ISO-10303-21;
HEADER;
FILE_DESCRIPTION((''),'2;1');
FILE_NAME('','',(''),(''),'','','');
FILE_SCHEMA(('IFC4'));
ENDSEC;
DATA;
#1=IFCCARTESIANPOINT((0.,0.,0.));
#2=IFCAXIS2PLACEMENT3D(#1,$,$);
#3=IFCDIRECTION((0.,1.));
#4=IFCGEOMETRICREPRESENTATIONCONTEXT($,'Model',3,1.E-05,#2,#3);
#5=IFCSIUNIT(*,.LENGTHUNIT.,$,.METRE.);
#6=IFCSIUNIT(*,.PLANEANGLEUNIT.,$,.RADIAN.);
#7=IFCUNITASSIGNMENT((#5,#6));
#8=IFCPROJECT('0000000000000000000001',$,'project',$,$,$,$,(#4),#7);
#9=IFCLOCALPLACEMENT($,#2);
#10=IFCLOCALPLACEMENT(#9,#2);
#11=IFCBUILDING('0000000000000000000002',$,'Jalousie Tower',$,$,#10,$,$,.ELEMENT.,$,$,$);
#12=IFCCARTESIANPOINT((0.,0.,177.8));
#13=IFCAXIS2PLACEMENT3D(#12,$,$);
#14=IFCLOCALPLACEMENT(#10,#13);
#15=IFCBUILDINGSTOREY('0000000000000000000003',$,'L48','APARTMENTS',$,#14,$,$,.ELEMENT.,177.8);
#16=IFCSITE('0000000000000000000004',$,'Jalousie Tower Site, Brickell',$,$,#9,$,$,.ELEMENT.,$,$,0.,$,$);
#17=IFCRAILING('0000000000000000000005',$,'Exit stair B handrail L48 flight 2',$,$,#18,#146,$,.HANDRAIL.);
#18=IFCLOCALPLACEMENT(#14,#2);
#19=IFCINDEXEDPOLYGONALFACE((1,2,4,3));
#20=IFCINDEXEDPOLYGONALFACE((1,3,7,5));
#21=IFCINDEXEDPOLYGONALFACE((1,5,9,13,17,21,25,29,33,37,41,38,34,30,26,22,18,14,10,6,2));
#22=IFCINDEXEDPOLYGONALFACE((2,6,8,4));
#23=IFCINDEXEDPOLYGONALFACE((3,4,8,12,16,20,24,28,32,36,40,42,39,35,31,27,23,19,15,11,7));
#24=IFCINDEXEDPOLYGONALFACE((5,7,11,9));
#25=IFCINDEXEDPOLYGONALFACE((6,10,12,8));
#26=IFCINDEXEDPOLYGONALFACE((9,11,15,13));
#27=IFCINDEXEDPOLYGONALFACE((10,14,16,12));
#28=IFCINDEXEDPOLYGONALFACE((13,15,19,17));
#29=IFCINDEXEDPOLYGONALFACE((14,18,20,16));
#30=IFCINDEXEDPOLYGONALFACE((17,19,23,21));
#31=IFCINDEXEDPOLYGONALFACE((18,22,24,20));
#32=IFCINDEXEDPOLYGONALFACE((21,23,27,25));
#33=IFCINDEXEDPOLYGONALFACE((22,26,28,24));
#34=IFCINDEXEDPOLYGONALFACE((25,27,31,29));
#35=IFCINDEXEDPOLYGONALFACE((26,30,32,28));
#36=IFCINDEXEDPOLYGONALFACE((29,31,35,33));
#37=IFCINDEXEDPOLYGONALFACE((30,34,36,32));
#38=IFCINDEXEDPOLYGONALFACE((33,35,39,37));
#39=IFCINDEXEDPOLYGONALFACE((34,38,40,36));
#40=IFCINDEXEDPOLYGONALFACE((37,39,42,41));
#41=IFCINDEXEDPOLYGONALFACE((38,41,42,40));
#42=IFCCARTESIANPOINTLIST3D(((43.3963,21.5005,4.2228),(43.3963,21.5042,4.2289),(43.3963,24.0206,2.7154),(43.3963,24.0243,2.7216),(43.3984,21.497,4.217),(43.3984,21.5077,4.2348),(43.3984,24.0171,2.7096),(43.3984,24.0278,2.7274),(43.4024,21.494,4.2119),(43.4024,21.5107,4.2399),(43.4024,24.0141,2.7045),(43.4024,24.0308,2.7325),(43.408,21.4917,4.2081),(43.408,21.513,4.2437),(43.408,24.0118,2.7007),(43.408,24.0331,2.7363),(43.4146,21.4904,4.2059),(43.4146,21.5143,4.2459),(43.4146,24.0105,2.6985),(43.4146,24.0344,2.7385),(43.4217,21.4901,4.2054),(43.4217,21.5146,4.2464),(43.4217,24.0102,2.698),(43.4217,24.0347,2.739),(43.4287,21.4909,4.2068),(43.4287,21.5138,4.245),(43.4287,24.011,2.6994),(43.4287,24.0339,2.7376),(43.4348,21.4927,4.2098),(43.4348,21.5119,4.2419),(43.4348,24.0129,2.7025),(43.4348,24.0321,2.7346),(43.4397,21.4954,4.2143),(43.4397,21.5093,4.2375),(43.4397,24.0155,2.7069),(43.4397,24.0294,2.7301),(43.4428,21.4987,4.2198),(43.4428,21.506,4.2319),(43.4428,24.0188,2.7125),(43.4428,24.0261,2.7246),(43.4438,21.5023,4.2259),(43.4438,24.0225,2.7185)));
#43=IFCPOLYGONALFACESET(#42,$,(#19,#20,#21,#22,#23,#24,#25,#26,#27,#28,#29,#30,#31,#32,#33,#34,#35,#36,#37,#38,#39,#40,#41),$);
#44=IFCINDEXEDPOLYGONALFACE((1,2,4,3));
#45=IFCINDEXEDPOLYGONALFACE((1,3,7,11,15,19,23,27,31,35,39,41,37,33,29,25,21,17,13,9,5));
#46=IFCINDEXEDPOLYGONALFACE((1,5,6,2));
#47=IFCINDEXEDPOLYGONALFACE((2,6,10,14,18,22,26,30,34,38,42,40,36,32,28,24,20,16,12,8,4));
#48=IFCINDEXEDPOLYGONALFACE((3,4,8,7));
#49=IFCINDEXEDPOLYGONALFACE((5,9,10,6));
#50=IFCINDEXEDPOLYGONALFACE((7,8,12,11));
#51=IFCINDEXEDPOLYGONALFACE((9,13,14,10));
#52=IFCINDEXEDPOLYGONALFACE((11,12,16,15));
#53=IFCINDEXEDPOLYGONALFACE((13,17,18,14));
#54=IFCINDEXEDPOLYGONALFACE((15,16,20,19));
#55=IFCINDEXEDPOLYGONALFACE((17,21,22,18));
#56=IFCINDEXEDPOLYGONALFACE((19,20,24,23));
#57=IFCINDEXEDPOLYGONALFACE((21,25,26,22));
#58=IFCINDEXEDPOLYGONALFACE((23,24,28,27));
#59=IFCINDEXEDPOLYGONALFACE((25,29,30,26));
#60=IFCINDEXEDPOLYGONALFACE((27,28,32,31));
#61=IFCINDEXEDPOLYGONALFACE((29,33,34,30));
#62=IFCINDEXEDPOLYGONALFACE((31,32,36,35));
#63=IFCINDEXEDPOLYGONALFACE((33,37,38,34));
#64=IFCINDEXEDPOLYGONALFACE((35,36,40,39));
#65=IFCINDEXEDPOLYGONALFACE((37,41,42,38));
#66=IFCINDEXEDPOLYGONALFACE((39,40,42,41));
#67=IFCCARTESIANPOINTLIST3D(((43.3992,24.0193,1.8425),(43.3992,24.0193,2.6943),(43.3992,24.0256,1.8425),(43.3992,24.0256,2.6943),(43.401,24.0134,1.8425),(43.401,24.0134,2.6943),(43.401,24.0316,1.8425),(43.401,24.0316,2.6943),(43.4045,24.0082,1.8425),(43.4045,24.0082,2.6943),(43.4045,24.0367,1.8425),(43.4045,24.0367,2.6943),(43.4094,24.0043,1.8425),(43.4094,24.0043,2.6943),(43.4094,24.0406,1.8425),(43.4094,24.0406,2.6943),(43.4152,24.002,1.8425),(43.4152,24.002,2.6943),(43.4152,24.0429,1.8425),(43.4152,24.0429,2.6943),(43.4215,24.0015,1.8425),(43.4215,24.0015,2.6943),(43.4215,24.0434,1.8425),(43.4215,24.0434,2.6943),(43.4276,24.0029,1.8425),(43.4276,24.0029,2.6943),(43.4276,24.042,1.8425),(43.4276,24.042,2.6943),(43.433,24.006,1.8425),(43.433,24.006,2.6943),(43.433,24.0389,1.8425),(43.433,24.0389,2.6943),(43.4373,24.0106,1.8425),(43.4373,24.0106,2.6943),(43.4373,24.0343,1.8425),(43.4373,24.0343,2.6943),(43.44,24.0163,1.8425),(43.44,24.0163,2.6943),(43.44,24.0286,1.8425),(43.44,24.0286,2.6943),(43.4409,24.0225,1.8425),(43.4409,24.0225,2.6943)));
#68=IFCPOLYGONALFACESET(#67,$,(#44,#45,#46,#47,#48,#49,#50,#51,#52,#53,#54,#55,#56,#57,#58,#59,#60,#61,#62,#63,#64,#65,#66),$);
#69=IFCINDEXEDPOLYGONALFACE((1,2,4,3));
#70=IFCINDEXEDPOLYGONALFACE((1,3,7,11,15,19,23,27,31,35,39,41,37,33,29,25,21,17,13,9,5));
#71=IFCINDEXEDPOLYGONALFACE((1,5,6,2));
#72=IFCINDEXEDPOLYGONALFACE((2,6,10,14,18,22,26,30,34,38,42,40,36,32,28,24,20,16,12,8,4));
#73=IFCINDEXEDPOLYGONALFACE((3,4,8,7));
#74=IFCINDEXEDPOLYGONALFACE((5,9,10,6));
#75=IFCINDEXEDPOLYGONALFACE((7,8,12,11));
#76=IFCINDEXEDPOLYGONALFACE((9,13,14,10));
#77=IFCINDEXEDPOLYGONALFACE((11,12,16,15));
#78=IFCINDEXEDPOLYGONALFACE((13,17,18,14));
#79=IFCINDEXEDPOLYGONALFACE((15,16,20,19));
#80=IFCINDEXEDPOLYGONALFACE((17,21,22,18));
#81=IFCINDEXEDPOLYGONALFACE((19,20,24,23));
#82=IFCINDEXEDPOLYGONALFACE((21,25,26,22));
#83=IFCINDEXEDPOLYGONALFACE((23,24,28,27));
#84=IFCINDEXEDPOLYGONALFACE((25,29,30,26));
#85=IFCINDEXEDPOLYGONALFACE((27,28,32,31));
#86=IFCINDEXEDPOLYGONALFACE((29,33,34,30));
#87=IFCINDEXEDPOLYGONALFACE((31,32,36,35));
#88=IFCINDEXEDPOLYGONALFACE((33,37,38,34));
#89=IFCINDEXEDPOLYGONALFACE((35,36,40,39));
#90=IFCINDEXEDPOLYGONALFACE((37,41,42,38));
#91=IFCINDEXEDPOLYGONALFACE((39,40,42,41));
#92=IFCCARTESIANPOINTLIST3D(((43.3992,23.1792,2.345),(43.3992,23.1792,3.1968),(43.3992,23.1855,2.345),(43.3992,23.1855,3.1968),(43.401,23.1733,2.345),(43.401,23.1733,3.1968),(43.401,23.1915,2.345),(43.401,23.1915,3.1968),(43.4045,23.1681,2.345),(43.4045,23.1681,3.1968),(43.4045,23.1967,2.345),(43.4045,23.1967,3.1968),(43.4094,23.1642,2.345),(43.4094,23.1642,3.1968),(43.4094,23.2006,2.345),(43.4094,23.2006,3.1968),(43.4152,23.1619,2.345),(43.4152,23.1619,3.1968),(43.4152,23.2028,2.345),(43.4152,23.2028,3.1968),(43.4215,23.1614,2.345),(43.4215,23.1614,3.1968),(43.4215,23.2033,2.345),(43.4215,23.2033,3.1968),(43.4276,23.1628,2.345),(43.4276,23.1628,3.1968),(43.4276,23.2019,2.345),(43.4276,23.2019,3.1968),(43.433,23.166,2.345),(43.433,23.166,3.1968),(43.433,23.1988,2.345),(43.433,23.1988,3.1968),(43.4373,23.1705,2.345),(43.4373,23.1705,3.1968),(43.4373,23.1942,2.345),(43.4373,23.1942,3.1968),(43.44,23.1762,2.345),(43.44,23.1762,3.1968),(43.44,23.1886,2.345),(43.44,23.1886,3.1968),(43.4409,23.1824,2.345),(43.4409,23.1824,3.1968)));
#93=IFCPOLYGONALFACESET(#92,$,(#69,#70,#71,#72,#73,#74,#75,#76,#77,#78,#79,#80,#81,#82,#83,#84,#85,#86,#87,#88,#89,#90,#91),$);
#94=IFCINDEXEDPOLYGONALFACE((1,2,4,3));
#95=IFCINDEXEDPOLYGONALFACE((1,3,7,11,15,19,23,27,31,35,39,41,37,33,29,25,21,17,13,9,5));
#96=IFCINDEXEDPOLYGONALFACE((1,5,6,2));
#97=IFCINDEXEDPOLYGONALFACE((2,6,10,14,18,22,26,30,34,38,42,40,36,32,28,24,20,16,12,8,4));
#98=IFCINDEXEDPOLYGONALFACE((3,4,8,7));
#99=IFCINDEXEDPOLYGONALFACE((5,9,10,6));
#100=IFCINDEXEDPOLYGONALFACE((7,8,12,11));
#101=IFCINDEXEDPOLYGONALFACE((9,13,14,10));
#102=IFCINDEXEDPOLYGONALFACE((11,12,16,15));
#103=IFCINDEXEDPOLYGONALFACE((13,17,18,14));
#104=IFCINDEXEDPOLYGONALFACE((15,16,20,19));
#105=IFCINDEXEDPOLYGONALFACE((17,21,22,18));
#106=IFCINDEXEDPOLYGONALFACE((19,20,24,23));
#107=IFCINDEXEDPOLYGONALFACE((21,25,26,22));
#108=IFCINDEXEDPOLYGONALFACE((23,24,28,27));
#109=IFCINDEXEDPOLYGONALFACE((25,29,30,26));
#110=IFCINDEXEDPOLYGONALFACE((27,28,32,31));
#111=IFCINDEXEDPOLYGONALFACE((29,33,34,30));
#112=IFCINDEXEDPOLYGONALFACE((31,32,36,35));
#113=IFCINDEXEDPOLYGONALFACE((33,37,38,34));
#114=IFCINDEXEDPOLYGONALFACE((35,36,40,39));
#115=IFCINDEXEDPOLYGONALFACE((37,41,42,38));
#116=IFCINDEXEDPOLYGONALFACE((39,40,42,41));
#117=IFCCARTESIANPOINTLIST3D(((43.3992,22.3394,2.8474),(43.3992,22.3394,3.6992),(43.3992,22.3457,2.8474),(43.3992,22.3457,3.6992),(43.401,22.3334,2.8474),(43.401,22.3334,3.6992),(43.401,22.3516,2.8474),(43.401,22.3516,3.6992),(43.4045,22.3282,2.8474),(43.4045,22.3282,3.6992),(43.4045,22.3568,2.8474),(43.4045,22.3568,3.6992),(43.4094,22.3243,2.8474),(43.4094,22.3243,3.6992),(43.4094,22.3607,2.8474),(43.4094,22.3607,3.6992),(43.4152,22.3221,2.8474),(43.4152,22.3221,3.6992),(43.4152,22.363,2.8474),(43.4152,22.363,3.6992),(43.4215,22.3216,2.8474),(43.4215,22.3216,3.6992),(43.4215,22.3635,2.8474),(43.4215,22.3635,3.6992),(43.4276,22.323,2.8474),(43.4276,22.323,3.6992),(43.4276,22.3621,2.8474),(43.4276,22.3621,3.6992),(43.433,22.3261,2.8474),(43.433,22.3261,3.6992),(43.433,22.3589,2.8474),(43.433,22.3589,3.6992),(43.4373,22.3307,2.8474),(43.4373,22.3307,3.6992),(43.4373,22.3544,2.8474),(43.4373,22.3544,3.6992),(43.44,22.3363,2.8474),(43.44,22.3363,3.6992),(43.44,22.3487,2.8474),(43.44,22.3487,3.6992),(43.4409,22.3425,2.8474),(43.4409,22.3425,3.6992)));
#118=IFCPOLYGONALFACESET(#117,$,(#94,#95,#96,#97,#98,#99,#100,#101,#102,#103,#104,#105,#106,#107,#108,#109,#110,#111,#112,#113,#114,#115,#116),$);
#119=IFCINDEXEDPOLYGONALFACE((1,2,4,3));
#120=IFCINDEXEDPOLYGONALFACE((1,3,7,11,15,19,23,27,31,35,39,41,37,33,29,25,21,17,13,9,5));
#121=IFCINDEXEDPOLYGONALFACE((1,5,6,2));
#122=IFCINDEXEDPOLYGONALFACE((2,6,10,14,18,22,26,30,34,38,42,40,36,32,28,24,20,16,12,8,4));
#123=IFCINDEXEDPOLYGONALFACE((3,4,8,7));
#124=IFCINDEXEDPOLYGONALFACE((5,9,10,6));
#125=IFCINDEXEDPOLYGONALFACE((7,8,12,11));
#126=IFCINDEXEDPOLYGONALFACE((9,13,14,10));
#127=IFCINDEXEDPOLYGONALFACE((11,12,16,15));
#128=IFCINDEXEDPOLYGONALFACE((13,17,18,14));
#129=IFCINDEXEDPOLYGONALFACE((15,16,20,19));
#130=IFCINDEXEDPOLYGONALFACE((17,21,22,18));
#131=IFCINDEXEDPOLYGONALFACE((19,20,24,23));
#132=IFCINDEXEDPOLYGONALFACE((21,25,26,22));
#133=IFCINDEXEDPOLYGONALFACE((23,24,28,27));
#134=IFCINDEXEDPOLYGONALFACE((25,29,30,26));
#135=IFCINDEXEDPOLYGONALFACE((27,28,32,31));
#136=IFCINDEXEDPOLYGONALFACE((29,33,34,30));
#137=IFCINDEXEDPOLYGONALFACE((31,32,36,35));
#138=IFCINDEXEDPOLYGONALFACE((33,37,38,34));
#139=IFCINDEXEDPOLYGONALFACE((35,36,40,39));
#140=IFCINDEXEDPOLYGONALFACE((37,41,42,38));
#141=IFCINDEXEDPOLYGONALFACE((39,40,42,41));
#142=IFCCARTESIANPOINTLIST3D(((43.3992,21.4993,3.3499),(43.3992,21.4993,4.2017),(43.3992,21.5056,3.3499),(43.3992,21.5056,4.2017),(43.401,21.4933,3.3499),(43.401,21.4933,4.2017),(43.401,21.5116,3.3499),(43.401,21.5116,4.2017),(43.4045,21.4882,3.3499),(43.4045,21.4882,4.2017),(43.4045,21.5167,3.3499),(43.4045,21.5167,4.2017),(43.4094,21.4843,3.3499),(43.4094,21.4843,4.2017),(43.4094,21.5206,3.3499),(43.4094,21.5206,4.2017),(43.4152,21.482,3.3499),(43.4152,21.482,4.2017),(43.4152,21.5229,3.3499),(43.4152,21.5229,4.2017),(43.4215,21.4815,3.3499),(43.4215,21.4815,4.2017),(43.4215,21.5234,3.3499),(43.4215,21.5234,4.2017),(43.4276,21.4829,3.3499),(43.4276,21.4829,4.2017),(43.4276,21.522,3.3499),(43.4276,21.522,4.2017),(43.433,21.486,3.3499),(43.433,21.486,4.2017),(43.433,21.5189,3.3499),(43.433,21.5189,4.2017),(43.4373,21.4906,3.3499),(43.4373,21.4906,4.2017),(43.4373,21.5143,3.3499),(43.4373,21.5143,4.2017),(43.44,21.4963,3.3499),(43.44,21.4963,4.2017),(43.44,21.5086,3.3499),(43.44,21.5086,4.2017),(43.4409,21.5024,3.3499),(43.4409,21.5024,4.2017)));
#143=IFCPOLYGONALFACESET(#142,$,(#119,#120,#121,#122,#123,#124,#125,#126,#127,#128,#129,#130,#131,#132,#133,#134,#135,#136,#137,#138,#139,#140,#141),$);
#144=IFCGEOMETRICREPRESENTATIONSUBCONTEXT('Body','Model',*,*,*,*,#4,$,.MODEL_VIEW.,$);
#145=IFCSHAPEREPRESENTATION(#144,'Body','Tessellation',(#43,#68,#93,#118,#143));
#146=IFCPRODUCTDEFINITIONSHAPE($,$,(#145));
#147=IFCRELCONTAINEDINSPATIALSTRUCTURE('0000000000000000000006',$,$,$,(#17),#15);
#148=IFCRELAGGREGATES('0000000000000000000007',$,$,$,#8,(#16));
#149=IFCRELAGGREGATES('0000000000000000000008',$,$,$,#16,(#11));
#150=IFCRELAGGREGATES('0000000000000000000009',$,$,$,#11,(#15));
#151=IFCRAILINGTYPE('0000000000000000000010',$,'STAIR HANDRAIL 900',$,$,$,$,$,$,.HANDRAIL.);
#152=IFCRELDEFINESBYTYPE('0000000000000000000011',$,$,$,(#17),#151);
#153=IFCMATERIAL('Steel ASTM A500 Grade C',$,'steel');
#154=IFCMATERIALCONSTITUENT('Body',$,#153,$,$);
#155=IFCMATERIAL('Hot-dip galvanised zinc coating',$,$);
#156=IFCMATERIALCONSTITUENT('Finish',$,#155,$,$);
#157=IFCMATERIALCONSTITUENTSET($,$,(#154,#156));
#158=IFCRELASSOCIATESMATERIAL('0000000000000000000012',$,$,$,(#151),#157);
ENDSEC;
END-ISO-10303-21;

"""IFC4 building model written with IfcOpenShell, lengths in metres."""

from ifc_helpers import new_model, si_unit, direction, frame, origin, origin_2d, place, context, subcontext, project, spatial, circle, extrude, material, constituent, constituent_set, type_object, element, save


model = new_model("IFC4")

# Units and contexts
model_context = context("Model", 3, precision=1e-05, world=origin(), true_north=direction((0.0, 1.0)))
body_context = subcontext(model_context, "Body", "Model", "MODEL_VIEW")
ifc_project = project(units=[si_unit("LENGTHUNIT", "METRE"), si_unit("PLANEANGLEUNIT", "RADIAN")], contexts=[model_context])

# Site, building, storey
site_placement = place(None, origin())
site = spatial("IfcSite", under=ifc_project, at=site_placement, Name="Jalousie Tower Site, Brickell", CompositionType="ELEMENT", RefElevation=0.0)
building_placement = place(site_placement, origin())
building = spatial("IfcBuilding", under=site, at=building_placement, Name="Jalousie Tower", CompositionType="ELEMENT")
storey_placement = place(building_placement, frame((0.0, 0.0, 177.8)))
storey = spatial("IfcBuildingStorey", under=building, at=storey_placement, Name="L48", Description="APARTMENTS", CompositionType="ELEMENT", Elevation=177.8)

# Railing
ifc_material_1 = material(Name="Steel ASTM A500 Grade C", Category="steel")
ifc_constituent_1 = constituent(ifc_material_1, Name="Body")
ifc_material_2 = material(Name="Hot-dip galvanised zinc coating")
ifc_constituent_2 = constituent(ifc_material_2, Name="Finish")
ifc_constituent_set_1 = constituent_set(constituents=[ifc_constituent_1, ifc_constituent_2])
railing_type_1 = type_object("IfcRailingType", Name="STAIR HANDRAIL 900", PredefinedType="HANDRAIL", material=ifc_constituent_set_1)
railing_1_placement = place(storey_placement, frame((43.4199, 24.0225, 1.8425)))
element("IfcRailing", 1, at=railing_1_placement, inside=storey, type_object=railing_type_1, Name="Exit stair B handrail L48 flight 2", PredefinedType="HANDRAIL", context=body_context, shape_type="SweptSolid", body=[
    extrude(circle(Radius=0.0239, at=origin_2d()), frame((0.0, 0.0, 0.876), z_axis=(0.0, -0.858196, 0.513321), x_axis=(1.0, 0.0, 0.0)), (0.0, 0.0, 1.0), 2.9365),
    extrude(circle(Radius=0.021, at=origin_2d()), origin(), (0.0, 0.0, 1.0), 0.8518),
    extrude(circle(Radius=0.021, at=origin_2d()), frame((0.0, -0.8401, 0.5024)), (0.0, 0.0, 1.0), 0.8518),
    extrude(circle(Radius=0.021, at=origin_2d()), frame((0.0, -1.6799, 1.0049)), (0.0, 0.0, 1.0), 0.8518),
    extrude(circle(Radius=0.021, at=origin_2d()), frame((0.0, -2.52, 1.5073)), (0.0, 0.0, 1.0), 0.8518),
])

save(model, "model.ifc")
